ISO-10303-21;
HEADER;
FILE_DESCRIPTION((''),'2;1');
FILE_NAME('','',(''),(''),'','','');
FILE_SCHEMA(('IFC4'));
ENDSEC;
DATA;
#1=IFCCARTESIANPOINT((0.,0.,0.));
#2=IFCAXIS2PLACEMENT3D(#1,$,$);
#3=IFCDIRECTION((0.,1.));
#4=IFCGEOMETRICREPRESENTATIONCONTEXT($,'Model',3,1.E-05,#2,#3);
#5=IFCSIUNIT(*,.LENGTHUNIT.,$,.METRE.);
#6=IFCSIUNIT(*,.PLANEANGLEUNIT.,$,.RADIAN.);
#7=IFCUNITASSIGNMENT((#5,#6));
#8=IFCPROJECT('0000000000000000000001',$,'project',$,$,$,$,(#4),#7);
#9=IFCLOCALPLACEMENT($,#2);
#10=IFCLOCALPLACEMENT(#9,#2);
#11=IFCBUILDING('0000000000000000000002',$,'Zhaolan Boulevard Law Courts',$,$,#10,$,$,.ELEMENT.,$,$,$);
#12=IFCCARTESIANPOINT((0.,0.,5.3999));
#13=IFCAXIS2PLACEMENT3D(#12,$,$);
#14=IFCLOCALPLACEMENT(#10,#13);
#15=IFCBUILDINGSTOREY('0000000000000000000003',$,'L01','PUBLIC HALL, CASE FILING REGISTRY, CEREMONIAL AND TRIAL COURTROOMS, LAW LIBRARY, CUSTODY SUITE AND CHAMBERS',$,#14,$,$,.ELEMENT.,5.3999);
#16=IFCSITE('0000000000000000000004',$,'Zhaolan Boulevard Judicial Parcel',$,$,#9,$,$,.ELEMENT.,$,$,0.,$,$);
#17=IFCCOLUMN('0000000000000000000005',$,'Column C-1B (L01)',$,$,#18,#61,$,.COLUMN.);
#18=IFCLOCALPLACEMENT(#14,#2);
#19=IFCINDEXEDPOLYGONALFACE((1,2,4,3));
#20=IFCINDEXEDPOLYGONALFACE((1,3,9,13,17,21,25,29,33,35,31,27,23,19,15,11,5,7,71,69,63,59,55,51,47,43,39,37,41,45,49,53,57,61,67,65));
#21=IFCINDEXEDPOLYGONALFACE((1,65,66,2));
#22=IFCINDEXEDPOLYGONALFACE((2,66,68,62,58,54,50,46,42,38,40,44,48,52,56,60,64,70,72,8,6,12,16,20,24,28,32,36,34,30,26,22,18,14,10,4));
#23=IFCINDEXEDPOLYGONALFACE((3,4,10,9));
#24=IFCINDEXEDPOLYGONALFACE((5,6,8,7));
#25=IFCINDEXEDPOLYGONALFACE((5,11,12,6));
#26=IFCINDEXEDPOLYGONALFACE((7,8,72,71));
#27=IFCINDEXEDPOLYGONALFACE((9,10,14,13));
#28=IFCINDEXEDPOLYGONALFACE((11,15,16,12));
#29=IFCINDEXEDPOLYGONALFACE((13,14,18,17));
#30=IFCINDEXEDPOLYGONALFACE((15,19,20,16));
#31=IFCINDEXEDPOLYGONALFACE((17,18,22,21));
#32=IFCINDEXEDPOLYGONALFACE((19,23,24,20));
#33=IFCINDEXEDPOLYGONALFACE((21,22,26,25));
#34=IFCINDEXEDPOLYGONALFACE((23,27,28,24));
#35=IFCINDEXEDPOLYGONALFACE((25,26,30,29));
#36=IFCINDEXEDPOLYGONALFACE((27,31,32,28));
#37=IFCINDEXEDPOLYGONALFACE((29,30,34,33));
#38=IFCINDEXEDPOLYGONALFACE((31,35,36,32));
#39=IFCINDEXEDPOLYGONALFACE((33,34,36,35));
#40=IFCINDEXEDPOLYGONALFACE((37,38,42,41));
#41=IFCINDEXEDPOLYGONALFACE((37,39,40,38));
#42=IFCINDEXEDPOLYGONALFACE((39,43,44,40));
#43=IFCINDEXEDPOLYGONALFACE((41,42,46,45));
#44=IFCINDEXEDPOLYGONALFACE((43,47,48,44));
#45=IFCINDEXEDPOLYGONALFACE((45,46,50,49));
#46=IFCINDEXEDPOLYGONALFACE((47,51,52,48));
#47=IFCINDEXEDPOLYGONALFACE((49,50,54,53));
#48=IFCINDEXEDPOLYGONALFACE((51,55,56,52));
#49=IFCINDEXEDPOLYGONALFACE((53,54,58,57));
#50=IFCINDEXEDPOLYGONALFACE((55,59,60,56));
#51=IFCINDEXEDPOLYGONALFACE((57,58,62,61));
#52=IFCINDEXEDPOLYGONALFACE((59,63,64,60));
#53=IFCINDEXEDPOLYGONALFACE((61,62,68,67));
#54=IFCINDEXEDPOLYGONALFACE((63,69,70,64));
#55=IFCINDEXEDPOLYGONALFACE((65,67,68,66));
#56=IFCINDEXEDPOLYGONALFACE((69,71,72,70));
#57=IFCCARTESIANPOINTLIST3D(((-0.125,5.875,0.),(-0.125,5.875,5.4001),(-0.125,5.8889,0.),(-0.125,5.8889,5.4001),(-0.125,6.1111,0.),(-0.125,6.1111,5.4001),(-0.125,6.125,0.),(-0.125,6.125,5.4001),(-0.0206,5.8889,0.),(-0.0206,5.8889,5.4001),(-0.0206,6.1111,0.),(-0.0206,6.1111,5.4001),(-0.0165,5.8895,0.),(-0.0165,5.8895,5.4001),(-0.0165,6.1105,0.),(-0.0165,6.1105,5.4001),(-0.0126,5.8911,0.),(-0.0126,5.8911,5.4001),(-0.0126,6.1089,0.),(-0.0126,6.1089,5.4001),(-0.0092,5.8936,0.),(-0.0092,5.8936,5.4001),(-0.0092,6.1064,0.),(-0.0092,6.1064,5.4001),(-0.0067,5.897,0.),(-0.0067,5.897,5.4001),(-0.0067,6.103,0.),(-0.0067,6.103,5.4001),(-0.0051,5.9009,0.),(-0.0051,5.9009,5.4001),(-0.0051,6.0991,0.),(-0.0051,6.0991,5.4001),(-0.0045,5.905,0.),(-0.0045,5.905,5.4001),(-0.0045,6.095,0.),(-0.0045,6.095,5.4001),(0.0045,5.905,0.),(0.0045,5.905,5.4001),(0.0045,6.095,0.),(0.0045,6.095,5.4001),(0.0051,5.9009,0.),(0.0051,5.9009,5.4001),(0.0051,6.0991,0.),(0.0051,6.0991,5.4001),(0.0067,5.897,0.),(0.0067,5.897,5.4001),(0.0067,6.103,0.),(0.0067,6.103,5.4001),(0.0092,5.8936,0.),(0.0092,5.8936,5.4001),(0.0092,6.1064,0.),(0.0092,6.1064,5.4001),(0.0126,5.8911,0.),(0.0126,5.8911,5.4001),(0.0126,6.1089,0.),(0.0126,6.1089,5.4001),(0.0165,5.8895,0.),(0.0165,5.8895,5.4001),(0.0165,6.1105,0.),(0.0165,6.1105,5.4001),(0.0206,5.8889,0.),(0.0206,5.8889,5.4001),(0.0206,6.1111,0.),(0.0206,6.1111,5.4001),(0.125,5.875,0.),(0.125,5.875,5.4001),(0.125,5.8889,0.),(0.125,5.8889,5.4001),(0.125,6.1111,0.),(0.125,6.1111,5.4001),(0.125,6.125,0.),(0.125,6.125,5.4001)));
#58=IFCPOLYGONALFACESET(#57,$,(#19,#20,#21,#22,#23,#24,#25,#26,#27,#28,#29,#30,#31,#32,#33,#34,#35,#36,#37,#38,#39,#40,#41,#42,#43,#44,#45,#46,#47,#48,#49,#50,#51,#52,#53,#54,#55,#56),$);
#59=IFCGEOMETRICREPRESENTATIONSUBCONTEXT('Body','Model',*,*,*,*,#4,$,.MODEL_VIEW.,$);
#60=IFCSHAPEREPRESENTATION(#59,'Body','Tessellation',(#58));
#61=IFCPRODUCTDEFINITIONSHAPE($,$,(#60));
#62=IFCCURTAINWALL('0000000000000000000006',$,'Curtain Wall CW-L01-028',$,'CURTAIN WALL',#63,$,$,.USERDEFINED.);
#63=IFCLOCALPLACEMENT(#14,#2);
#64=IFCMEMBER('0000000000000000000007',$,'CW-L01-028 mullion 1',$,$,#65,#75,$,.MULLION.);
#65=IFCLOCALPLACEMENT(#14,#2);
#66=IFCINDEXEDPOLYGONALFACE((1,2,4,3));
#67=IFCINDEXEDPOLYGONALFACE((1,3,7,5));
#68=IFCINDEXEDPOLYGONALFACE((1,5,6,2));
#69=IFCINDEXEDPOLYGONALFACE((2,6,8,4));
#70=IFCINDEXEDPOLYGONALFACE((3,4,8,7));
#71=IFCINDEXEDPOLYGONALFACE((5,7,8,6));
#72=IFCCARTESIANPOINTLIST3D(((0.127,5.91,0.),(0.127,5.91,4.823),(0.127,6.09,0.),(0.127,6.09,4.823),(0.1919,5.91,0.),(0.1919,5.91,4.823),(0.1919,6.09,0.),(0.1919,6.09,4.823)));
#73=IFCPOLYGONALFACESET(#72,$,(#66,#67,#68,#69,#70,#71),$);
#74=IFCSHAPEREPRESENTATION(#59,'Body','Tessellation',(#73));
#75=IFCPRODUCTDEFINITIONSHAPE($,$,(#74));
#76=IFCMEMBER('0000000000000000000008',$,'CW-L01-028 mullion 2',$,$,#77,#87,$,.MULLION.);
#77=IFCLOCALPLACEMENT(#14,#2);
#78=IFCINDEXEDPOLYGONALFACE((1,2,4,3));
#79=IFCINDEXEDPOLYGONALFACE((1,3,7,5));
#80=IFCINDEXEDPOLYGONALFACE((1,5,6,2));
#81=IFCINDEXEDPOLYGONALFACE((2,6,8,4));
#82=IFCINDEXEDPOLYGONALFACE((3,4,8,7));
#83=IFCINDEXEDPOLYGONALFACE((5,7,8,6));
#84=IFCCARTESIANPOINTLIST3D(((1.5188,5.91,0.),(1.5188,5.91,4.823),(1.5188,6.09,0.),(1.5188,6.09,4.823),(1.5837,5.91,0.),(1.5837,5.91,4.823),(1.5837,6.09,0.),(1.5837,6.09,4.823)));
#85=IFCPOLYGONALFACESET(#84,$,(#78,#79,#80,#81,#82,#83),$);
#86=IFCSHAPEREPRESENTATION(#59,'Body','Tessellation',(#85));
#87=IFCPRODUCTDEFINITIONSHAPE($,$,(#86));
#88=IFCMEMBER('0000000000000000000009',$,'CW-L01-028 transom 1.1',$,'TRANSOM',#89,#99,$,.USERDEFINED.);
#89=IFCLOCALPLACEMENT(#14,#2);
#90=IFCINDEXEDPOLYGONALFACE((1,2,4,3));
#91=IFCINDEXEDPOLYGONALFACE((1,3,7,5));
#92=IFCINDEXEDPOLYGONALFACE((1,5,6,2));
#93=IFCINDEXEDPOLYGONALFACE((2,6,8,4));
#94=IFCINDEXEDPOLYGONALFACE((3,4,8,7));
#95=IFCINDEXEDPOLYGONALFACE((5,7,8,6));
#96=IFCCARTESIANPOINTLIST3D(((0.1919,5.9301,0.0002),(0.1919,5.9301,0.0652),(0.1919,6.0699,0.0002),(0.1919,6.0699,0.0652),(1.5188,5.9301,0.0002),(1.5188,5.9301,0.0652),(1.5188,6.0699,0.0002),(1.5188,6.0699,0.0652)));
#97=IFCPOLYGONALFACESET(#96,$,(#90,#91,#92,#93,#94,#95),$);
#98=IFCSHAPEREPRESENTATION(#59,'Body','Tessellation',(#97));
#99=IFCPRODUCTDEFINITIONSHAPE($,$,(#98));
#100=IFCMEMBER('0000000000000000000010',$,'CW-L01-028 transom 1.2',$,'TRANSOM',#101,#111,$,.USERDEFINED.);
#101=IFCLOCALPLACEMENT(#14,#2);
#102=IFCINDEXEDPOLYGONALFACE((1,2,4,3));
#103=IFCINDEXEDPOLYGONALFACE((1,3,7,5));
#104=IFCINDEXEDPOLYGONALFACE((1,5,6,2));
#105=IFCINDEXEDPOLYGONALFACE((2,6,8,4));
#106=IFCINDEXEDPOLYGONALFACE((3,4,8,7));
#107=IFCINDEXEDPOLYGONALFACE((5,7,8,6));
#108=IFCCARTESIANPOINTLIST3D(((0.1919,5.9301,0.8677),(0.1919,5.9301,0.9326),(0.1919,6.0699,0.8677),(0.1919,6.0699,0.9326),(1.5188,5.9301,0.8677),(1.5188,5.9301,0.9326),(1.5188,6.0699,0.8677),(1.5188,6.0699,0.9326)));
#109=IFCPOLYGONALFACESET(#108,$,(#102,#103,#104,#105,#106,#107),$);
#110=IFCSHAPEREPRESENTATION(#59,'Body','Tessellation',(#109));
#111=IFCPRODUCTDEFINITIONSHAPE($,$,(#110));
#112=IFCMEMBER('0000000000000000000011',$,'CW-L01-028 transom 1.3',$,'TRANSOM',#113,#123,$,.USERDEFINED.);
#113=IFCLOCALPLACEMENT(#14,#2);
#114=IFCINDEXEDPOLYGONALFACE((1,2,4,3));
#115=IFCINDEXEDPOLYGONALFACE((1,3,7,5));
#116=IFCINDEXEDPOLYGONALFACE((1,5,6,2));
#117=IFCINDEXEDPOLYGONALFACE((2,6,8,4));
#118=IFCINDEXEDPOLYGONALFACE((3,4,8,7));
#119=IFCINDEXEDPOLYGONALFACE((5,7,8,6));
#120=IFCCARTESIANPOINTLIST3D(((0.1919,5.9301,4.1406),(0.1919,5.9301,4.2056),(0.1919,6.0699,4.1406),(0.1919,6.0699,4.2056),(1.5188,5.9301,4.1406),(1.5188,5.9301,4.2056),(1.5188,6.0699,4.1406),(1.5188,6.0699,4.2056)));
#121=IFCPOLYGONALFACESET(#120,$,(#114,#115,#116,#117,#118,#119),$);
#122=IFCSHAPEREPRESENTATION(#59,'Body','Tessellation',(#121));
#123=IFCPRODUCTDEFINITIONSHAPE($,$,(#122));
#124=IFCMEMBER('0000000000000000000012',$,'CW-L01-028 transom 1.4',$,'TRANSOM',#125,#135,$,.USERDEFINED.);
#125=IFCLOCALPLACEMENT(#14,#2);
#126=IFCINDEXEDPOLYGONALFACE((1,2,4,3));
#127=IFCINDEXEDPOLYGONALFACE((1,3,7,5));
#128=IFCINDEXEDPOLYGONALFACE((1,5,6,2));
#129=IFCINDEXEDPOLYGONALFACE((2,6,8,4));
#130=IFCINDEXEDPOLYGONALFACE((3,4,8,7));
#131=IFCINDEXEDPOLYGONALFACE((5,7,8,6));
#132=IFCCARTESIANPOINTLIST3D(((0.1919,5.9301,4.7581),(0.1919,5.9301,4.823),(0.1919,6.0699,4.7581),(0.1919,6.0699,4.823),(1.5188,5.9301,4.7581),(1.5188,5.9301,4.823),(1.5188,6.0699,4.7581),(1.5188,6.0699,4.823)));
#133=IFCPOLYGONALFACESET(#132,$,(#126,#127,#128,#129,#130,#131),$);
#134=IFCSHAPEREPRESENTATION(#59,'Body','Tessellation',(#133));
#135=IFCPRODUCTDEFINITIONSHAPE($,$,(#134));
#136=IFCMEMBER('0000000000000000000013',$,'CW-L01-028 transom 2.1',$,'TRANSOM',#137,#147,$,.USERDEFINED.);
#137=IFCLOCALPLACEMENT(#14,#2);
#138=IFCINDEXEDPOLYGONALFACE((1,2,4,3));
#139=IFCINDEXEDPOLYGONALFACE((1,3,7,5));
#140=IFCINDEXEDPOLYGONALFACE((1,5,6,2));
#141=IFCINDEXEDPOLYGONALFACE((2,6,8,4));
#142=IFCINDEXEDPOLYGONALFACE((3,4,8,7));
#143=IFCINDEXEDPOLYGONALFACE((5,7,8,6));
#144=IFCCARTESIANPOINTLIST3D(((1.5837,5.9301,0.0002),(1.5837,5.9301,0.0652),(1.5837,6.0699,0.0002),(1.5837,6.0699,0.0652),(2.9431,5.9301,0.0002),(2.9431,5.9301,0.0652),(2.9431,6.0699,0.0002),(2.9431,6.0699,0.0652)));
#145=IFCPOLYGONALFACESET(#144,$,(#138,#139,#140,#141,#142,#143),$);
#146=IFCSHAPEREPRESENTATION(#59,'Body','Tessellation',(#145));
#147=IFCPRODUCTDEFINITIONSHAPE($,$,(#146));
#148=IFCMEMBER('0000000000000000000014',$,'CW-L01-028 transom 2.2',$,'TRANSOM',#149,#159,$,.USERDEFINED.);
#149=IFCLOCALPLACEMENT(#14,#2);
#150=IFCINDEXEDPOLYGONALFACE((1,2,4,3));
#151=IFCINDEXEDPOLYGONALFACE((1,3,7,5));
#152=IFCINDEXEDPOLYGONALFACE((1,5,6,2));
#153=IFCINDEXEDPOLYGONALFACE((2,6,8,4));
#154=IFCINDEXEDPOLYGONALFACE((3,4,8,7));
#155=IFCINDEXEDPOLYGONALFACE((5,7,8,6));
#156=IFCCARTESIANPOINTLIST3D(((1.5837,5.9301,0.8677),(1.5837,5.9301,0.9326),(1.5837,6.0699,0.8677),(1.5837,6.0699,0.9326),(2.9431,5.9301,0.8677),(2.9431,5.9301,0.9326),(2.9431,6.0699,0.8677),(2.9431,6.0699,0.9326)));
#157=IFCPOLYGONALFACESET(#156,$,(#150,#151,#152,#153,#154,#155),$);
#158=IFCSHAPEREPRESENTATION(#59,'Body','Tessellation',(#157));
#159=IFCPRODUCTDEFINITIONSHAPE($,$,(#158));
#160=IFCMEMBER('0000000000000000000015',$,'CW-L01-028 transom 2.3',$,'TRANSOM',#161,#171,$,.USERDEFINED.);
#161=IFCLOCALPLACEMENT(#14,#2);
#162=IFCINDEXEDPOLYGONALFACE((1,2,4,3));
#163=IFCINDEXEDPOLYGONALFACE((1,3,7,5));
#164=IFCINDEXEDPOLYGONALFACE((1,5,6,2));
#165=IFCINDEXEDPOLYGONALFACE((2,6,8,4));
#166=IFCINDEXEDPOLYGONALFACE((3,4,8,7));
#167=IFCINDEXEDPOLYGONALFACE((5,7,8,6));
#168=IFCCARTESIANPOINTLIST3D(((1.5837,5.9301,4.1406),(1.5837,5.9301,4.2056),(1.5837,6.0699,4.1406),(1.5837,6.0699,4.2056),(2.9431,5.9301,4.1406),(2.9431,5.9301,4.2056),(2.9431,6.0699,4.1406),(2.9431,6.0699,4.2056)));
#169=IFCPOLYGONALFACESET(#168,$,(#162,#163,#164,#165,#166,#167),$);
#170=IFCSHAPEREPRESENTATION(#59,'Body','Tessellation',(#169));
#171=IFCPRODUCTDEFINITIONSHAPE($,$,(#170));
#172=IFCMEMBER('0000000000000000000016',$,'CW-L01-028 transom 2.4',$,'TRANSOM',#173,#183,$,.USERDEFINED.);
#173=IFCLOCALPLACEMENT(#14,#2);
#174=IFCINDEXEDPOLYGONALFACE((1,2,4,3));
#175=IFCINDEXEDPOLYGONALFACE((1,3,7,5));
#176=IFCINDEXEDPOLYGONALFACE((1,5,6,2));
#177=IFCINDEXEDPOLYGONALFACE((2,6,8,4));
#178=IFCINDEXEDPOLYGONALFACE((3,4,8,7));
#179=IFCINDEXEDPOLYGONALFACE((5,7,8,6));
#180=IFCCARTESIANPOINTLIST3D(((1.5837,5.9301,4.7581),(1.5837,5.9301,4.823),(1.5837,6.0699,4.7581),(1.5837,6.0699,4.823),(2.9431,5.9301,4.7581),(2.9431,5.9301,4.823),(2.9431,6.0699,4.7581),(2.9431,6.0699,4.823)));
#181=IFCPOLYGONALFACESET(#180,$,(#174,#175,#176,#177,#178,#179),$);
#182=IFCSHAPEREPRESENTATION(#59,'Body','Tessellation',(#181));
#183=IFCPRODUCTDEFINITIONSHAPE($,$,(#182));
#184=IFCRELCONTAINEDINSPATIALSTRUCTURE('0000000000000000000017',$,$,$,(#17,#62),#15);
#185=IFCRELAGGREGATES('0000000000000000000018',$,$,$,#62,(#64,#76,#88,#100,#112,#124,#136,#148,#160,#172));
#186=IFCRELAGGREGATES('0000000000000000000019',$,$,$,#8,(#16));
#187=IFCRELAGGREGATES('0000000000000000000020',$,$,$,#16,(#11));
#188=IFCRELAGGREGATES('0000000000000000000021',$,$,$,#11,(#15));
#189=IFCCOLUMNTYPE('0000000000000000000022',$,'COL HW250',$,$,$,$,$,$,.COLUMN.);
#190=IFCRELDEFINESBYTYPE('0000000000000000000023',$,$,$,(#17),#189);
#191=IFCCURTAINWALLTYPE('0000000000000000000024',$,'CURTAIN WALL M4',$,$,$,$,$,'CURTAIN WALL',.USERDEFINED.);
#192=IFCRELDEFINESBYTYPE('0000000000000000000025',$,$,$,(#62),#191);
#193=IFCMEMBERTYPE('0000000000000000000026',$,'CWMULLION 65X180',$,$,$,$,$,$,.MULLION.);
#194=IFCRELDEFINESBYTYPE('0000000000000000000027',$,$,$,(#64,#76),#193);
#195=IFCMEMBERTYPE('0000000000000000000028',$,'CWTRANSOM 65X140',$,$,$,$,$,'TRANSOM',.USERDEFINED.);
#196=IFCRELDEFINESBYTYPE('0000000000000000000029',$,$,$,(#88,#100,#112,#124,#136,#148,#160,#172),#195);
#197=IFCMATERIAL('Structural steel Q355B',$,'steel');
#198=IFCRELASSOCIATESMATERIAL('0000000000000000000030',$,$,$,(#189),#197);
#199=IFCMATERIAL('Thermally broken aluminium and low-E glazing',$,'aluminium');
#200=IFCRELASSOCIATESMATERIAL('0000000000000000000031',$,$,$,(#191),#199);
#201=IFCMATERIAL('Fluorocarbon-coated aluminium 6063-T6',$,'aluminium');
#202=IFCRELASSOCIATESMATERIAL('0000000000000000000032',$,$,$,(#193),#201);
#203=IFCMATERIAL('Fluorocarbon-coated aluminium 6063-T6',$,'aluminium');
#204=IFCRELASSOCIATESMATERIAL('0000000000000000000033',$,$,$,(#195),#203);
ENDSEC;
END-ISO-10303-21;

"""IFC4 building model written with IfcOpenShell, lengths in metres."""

from ifc_helpers import new_model, si_unit, direction, frame, origin, origin_2d, place, context, subcontext, project, spatial, rectangle, i_section, extrude, material, material_profile, profile_set, type_object, element, aggregate, save


model = new_model("IFC4")

# Units and contexts
model_context = context("Model", 3, precision=1e-05, world=origin(), true_north=direction((0.0, 1.0)))
body_context = subcontext(model_context, "Body", "Model", "MODEL_VIEW")
ifc_project = project(units=[si_unit("LENGTHUNIT", "METRE"), si_unit("PLANEANGLEUNIT", "RADIAN")], contexts=[model_context])

# Site, building, storey
site_placement = place(None, origin())
site = spatial("IfcSite", under=ifc_project, at=site_placement, Name="Zhaolan Boulevard Judicial Parcel", CompositionType="ELEMENT", RefElevation=0.0)
building_placement = place(site_placement, origin())
building = spatial("IfcBuilding", under=site, at=building_placement, Name="Zhaolan Boulevard Law Courts", CompositionType="ELEMENT")
storey_placement = place(building_placement, frame((0.0, 0.0, 5.3999)))
storey = spatial("IfcBuildingStorey", under=building, at=storey_placement, Name="L01", Description="PUBLIC HALL, CASE FILING REGISTRY, CEREMONIAL AND TRIAL COURTROOMS, LAW LIBRARY, CUSTODY SUITE AND CHAMBERS", CompositionType="ELEMENT", Elevation=5.3999)

# Column
ifc_material_1 = material(Name="Structural steel Q355B", Category="steel")
ifc_material_profile_1 = material_profile(ifc_material_1, i_section(OverallWidth=0.25, OverallDepth=0.25, WebThickness=0.009, FlangeThickness=0.0139, FilletRadius=0.0161, at=origin_2d()), Name="HW250x250")
ifc_profile_set_1 = profile_set([ifc_material_profile_1], Name="Structural steel Q355B")
column_type = type_object("IfcColumnType", Name="COL HW250", PredefinedType="COLUMN", material=ifc_profile_set_1)
column_placement = place(storey_placement, frame((0.0, 6.0, 0.0), z_axis=(0.0, 0.0, 1.0), x_axis=(1.0, 0.0, 0.0)))
element("IfcColumn", 1, at=column_placement, inside=storey, type_object=column_type, Name="Column C-1B (L01)", PredefinedType="COLUMN", context=body_context, shape_type="SweptSolid", body=[
    extrude(i_section(OverallWidth=0.25, OverallDepth=0.25, WebThickness=0.009, FlangeThickness=0.0139, FilletRadius=0.0161, at=origin_2d()), origin(), (0.0, 0.0, 1.0), 5.4001),
])

# Curtain wall, members
ifc_material_2 = material(Name="Thermally broken aluminium and low-E glazing", Category="aluminium")
curtain_wall_type = type_object("IfcCurtainWallType", Name="CURTAIN WALL M4", ElementType="CURTAIN WALL", PredefinedType="USERDEFINED", material=ifc_material_2)
curtain_wall_placement = place(storey_placement, origin())
curtain_wall = element("IfcCurtainWall", 2, at=curtain_wall_placement, inside=storey, type_object=curtain_wall_type, Name="Curtain Wall CW-L01-028", ObjectType="CURTAIN WALL", PredefinedType="USERDEFINED")
ifc_material_3 = material(Name="Fluorocarbon-coated aluminium 6063-T6", Category="aluminium")
ifc_material_profile_2 = material_profile(ifc_material_3, rectangle(XDim=0.1799, YDim=0.0649, at=origin_2d()), Name="AL65x180")
ifc_profile_set_2 = profile_set([ifc_material_profile_2], Name="Fluorocarbon-coated aluminium 6063-T6")
member_type_1 = type_object("IfcMemberType", Name="CWMULLION 65X180", PredefinedType="MULLION", material=ifc_profile_set_2)
member_1_placement = place(storey_placement, frame((0.1594, 6.0, 0.0), z_axis=(0.0, 0.0, 1.0), x_axis=(0.0, 1.0, 0.0)))
member_1 = element("IfcMember", 3, at=member_1_placement, type_object=member_type_1, Name="CW-L01-028 mullion 1", PredefinedType="MULLION", context=body_context, shape_type="SweptSolid", body=[
    extrude(rectangle(XDim=0.1799, YDim=0.0649, at=origin_2d()), origin(), (0.0, 0.0, 1.0), 4.823),
])
member_2_placement = place(storey_placement, frame((1.5513, 6.0, 0.0), z_axis=(0.0, 0.0, 1.0), x_axis=(0.0, 1.0, 0.0)))
member_2 = element("IfcMember", 4, at=member_2_placement, type_object=member_type_1, Name="CW-L01-028 mullion 2", PredefinedType="MULLION", context=body_context, shape_type="SweptSolid", body=[
    extrude(rectangle(XDim=0.1799, YDim=0.0649, at=origin_2d()), origin(), (0.0, 0.0, 1.0), 4.823),
])
ifc_material_4 = material(Name="Fluorocarbon-coated aluminium 6063-T6", Category="aluminium")
ifc_material_profile_3 = material_profile(ifc_material_4, rectangle(XDim=0.1399, YDim=0.0649, at=origin_2d()), Name="AL65x140")
ifc_profile_set_3 = profile_set([ifc_material_profile_3], Name="Fluorocarbon-coated aluminium 6063-T6")
member_type_2 = type_object("IfcMemberType", Name="CWTRANSOM 65X140", ElementType="TRANSOM", PredefinedType="USERDEFINED", material=ifc_profile_set_3)
member_3_placement = place(storey_placement, frame((0.1919, 6.0, 0.0327), z_axis=(1.0, 0.0, 0.0), x_axis=(0.0, 1.0, 0.0)))
member_3 = element("IfcMember", 5, at=member_3_placement, type_object=member_type_2, Name="CW-L01-028 transom 1.1", ObjectType="TRANSOM", PredefinedType="USERDEFINED", context=body_context, shape_type="SweptSolid", body=[
    extrude(rectangle(XDim=0.1399, YDim=0.0649, at=origin_2d()), origin(), (0.0, 0.0, 1.0), 1.3269),
])
member_4_placement = place(storey_placement, frame((0.1919, 6.0, 0.9001), z_axis=(1.0, 0.0, 0.0), x_axis=(0.0, 1.0, 0.0)))
member_4 = element("IfcMember", 6, at=member_4_placement, type_object=member_type_2, Name="CW-L01-028 transom 1.2", ObjectType="TRANSOM", PredefinedType="USERDEFINED", context=body_context, shape_type="SweptSolid", body=[
    extrude(rectangle(XDim=0.1399, YDim=0.0649, at=origin_2d()), origin(), (0.0, 0.0, 1.0), 1.3269),
])
member_5_placement = place(storey_placement, frame((0.1919, 6.0, 4.1731), z_axis=(1.0, 0.0, 0.0), x_axis=(0.0, 1.0, 0.0)))
member_5 = element("IfcMember", 7, at=member_5_placement, type_object=member_type_2, Name="CW-L01-028 transom 1.3", ObjectType="TRANSOM", PredefinedType="USERDEFINED", context=body_context, shape_type="SweptSolid", body=[
    extrude(rectangle(XDim=0.1399, YDim=0.0649, at=origin_2d()), origin(), (0.0, 0.0, 1.0), 1.3269),
])
member_6_placement = place(storey_placement, frame((0.1919, 6.0, 4.7905), z_axis=(1.0, 0.0, 0.0), x_axis=(0.0, 1.0, 0.0)))
member_6 = element("IfcMember", 8, at=member_6_placement, type_object=member_type_2, Name="CW-L01-028 transom 1.4", ObjectType="TRANSOM", PredefinedType="USERDEFINED", context=body_context, shape_type="SweptSolid", body=[
    extrude(rectangle(XDim=0.1399, YDim=0.0649, at=origin_2d()), origin(), (0.0, 0.0, 1.0), 1.3269),
])
member_7_placement = place(storey_placement, frame((1.5837, 6.0, 0.0327), z_axis=(1.0, 0.0, 0.0), x_axis=(0.0, 1.0, 0.0)))
member_7 = element("IfcMember", 9, at=member_7_placement, type_object=member_type_2, Name="CW-L01-028 transom 2.1", ObjectType="TRANSOM", PredefinedType="USERDEFINED", context=body_context, shape_type="SweptSolid", body=[
    extrude(rectangle(XDim=0.1399, YDim=0.0649, at=origin_2d()), origin(), (0.0, 0.0, 1.0), 1.3594),
])
member_8_placement = place(storey_placement, frame((1.5837, 6.0, 0.9001), z_axis=(1.0, 0.0, 0.0), x_axis=(0.0, 1.0, 0.0)))
member_8 = element("IfcMember", 10, at=member_8_placement, type_object=member_type_2, Name="CW-L01-028 transom 2.2", ObjectType="TRANSOM", PredefinedType="USERDEFINED", context=body_context, shape_type="SweptSolid", body=[
    extrude(rectangle(XDim=0.1399, YDim=0.0649, at=origin_2d()), origin(), (0.0, 0.0, 1.0), 1.3594),
])
member_9_placement = place(storey_placement, frame((1.5837, 6.0, 4.1731), z_axis=(1.0, 0.0, 0.0), x_axis=(0.0, 1.0, 0.0)))
member_9 = element("IfcMember", 11, at=member_9_placement, type_object=member_type_2, Name="CW-L01-028 transom 2.3", ObjectType="TRANSOM", PredefinedType="USERDEFINED", context=body_context, shape_type="SweptSolid", body=[
    extrude(rectangle(XDim=0.1399, YDim=0.0649, at=origin_2d()), origin(), (0.0, 0.0, 1.0), 1.3594),
])
member_10_placement = place(storey_placement, frame((1.5837, 6.0, 4.7905), z_axis=(1.0, 0.0, 0.0), x_axis=(0.0, 1.0, 0.0)))
member_10 = element("IfcMember", 12, at=member_10_placement, type_object=member_type_2, Name="CW-L01-028 transom 2.4", ObjectType="TRANSOM", PredefinedType="USERDEFINED", context=body_context, shape_type="SweptSolid", body=[
    extrude(rectangle(XDim=0.1399, YDim=0.0649, at=origin_2d()), origin(), (0.0, 0.0, 1.0), 1.3594),
])

aggregate(curtain_wall, [member_1, member_2, member_3, member_4, member_5, member_6, member_7, member_8, member_9, member_10])

save(model, "model.ifc")
